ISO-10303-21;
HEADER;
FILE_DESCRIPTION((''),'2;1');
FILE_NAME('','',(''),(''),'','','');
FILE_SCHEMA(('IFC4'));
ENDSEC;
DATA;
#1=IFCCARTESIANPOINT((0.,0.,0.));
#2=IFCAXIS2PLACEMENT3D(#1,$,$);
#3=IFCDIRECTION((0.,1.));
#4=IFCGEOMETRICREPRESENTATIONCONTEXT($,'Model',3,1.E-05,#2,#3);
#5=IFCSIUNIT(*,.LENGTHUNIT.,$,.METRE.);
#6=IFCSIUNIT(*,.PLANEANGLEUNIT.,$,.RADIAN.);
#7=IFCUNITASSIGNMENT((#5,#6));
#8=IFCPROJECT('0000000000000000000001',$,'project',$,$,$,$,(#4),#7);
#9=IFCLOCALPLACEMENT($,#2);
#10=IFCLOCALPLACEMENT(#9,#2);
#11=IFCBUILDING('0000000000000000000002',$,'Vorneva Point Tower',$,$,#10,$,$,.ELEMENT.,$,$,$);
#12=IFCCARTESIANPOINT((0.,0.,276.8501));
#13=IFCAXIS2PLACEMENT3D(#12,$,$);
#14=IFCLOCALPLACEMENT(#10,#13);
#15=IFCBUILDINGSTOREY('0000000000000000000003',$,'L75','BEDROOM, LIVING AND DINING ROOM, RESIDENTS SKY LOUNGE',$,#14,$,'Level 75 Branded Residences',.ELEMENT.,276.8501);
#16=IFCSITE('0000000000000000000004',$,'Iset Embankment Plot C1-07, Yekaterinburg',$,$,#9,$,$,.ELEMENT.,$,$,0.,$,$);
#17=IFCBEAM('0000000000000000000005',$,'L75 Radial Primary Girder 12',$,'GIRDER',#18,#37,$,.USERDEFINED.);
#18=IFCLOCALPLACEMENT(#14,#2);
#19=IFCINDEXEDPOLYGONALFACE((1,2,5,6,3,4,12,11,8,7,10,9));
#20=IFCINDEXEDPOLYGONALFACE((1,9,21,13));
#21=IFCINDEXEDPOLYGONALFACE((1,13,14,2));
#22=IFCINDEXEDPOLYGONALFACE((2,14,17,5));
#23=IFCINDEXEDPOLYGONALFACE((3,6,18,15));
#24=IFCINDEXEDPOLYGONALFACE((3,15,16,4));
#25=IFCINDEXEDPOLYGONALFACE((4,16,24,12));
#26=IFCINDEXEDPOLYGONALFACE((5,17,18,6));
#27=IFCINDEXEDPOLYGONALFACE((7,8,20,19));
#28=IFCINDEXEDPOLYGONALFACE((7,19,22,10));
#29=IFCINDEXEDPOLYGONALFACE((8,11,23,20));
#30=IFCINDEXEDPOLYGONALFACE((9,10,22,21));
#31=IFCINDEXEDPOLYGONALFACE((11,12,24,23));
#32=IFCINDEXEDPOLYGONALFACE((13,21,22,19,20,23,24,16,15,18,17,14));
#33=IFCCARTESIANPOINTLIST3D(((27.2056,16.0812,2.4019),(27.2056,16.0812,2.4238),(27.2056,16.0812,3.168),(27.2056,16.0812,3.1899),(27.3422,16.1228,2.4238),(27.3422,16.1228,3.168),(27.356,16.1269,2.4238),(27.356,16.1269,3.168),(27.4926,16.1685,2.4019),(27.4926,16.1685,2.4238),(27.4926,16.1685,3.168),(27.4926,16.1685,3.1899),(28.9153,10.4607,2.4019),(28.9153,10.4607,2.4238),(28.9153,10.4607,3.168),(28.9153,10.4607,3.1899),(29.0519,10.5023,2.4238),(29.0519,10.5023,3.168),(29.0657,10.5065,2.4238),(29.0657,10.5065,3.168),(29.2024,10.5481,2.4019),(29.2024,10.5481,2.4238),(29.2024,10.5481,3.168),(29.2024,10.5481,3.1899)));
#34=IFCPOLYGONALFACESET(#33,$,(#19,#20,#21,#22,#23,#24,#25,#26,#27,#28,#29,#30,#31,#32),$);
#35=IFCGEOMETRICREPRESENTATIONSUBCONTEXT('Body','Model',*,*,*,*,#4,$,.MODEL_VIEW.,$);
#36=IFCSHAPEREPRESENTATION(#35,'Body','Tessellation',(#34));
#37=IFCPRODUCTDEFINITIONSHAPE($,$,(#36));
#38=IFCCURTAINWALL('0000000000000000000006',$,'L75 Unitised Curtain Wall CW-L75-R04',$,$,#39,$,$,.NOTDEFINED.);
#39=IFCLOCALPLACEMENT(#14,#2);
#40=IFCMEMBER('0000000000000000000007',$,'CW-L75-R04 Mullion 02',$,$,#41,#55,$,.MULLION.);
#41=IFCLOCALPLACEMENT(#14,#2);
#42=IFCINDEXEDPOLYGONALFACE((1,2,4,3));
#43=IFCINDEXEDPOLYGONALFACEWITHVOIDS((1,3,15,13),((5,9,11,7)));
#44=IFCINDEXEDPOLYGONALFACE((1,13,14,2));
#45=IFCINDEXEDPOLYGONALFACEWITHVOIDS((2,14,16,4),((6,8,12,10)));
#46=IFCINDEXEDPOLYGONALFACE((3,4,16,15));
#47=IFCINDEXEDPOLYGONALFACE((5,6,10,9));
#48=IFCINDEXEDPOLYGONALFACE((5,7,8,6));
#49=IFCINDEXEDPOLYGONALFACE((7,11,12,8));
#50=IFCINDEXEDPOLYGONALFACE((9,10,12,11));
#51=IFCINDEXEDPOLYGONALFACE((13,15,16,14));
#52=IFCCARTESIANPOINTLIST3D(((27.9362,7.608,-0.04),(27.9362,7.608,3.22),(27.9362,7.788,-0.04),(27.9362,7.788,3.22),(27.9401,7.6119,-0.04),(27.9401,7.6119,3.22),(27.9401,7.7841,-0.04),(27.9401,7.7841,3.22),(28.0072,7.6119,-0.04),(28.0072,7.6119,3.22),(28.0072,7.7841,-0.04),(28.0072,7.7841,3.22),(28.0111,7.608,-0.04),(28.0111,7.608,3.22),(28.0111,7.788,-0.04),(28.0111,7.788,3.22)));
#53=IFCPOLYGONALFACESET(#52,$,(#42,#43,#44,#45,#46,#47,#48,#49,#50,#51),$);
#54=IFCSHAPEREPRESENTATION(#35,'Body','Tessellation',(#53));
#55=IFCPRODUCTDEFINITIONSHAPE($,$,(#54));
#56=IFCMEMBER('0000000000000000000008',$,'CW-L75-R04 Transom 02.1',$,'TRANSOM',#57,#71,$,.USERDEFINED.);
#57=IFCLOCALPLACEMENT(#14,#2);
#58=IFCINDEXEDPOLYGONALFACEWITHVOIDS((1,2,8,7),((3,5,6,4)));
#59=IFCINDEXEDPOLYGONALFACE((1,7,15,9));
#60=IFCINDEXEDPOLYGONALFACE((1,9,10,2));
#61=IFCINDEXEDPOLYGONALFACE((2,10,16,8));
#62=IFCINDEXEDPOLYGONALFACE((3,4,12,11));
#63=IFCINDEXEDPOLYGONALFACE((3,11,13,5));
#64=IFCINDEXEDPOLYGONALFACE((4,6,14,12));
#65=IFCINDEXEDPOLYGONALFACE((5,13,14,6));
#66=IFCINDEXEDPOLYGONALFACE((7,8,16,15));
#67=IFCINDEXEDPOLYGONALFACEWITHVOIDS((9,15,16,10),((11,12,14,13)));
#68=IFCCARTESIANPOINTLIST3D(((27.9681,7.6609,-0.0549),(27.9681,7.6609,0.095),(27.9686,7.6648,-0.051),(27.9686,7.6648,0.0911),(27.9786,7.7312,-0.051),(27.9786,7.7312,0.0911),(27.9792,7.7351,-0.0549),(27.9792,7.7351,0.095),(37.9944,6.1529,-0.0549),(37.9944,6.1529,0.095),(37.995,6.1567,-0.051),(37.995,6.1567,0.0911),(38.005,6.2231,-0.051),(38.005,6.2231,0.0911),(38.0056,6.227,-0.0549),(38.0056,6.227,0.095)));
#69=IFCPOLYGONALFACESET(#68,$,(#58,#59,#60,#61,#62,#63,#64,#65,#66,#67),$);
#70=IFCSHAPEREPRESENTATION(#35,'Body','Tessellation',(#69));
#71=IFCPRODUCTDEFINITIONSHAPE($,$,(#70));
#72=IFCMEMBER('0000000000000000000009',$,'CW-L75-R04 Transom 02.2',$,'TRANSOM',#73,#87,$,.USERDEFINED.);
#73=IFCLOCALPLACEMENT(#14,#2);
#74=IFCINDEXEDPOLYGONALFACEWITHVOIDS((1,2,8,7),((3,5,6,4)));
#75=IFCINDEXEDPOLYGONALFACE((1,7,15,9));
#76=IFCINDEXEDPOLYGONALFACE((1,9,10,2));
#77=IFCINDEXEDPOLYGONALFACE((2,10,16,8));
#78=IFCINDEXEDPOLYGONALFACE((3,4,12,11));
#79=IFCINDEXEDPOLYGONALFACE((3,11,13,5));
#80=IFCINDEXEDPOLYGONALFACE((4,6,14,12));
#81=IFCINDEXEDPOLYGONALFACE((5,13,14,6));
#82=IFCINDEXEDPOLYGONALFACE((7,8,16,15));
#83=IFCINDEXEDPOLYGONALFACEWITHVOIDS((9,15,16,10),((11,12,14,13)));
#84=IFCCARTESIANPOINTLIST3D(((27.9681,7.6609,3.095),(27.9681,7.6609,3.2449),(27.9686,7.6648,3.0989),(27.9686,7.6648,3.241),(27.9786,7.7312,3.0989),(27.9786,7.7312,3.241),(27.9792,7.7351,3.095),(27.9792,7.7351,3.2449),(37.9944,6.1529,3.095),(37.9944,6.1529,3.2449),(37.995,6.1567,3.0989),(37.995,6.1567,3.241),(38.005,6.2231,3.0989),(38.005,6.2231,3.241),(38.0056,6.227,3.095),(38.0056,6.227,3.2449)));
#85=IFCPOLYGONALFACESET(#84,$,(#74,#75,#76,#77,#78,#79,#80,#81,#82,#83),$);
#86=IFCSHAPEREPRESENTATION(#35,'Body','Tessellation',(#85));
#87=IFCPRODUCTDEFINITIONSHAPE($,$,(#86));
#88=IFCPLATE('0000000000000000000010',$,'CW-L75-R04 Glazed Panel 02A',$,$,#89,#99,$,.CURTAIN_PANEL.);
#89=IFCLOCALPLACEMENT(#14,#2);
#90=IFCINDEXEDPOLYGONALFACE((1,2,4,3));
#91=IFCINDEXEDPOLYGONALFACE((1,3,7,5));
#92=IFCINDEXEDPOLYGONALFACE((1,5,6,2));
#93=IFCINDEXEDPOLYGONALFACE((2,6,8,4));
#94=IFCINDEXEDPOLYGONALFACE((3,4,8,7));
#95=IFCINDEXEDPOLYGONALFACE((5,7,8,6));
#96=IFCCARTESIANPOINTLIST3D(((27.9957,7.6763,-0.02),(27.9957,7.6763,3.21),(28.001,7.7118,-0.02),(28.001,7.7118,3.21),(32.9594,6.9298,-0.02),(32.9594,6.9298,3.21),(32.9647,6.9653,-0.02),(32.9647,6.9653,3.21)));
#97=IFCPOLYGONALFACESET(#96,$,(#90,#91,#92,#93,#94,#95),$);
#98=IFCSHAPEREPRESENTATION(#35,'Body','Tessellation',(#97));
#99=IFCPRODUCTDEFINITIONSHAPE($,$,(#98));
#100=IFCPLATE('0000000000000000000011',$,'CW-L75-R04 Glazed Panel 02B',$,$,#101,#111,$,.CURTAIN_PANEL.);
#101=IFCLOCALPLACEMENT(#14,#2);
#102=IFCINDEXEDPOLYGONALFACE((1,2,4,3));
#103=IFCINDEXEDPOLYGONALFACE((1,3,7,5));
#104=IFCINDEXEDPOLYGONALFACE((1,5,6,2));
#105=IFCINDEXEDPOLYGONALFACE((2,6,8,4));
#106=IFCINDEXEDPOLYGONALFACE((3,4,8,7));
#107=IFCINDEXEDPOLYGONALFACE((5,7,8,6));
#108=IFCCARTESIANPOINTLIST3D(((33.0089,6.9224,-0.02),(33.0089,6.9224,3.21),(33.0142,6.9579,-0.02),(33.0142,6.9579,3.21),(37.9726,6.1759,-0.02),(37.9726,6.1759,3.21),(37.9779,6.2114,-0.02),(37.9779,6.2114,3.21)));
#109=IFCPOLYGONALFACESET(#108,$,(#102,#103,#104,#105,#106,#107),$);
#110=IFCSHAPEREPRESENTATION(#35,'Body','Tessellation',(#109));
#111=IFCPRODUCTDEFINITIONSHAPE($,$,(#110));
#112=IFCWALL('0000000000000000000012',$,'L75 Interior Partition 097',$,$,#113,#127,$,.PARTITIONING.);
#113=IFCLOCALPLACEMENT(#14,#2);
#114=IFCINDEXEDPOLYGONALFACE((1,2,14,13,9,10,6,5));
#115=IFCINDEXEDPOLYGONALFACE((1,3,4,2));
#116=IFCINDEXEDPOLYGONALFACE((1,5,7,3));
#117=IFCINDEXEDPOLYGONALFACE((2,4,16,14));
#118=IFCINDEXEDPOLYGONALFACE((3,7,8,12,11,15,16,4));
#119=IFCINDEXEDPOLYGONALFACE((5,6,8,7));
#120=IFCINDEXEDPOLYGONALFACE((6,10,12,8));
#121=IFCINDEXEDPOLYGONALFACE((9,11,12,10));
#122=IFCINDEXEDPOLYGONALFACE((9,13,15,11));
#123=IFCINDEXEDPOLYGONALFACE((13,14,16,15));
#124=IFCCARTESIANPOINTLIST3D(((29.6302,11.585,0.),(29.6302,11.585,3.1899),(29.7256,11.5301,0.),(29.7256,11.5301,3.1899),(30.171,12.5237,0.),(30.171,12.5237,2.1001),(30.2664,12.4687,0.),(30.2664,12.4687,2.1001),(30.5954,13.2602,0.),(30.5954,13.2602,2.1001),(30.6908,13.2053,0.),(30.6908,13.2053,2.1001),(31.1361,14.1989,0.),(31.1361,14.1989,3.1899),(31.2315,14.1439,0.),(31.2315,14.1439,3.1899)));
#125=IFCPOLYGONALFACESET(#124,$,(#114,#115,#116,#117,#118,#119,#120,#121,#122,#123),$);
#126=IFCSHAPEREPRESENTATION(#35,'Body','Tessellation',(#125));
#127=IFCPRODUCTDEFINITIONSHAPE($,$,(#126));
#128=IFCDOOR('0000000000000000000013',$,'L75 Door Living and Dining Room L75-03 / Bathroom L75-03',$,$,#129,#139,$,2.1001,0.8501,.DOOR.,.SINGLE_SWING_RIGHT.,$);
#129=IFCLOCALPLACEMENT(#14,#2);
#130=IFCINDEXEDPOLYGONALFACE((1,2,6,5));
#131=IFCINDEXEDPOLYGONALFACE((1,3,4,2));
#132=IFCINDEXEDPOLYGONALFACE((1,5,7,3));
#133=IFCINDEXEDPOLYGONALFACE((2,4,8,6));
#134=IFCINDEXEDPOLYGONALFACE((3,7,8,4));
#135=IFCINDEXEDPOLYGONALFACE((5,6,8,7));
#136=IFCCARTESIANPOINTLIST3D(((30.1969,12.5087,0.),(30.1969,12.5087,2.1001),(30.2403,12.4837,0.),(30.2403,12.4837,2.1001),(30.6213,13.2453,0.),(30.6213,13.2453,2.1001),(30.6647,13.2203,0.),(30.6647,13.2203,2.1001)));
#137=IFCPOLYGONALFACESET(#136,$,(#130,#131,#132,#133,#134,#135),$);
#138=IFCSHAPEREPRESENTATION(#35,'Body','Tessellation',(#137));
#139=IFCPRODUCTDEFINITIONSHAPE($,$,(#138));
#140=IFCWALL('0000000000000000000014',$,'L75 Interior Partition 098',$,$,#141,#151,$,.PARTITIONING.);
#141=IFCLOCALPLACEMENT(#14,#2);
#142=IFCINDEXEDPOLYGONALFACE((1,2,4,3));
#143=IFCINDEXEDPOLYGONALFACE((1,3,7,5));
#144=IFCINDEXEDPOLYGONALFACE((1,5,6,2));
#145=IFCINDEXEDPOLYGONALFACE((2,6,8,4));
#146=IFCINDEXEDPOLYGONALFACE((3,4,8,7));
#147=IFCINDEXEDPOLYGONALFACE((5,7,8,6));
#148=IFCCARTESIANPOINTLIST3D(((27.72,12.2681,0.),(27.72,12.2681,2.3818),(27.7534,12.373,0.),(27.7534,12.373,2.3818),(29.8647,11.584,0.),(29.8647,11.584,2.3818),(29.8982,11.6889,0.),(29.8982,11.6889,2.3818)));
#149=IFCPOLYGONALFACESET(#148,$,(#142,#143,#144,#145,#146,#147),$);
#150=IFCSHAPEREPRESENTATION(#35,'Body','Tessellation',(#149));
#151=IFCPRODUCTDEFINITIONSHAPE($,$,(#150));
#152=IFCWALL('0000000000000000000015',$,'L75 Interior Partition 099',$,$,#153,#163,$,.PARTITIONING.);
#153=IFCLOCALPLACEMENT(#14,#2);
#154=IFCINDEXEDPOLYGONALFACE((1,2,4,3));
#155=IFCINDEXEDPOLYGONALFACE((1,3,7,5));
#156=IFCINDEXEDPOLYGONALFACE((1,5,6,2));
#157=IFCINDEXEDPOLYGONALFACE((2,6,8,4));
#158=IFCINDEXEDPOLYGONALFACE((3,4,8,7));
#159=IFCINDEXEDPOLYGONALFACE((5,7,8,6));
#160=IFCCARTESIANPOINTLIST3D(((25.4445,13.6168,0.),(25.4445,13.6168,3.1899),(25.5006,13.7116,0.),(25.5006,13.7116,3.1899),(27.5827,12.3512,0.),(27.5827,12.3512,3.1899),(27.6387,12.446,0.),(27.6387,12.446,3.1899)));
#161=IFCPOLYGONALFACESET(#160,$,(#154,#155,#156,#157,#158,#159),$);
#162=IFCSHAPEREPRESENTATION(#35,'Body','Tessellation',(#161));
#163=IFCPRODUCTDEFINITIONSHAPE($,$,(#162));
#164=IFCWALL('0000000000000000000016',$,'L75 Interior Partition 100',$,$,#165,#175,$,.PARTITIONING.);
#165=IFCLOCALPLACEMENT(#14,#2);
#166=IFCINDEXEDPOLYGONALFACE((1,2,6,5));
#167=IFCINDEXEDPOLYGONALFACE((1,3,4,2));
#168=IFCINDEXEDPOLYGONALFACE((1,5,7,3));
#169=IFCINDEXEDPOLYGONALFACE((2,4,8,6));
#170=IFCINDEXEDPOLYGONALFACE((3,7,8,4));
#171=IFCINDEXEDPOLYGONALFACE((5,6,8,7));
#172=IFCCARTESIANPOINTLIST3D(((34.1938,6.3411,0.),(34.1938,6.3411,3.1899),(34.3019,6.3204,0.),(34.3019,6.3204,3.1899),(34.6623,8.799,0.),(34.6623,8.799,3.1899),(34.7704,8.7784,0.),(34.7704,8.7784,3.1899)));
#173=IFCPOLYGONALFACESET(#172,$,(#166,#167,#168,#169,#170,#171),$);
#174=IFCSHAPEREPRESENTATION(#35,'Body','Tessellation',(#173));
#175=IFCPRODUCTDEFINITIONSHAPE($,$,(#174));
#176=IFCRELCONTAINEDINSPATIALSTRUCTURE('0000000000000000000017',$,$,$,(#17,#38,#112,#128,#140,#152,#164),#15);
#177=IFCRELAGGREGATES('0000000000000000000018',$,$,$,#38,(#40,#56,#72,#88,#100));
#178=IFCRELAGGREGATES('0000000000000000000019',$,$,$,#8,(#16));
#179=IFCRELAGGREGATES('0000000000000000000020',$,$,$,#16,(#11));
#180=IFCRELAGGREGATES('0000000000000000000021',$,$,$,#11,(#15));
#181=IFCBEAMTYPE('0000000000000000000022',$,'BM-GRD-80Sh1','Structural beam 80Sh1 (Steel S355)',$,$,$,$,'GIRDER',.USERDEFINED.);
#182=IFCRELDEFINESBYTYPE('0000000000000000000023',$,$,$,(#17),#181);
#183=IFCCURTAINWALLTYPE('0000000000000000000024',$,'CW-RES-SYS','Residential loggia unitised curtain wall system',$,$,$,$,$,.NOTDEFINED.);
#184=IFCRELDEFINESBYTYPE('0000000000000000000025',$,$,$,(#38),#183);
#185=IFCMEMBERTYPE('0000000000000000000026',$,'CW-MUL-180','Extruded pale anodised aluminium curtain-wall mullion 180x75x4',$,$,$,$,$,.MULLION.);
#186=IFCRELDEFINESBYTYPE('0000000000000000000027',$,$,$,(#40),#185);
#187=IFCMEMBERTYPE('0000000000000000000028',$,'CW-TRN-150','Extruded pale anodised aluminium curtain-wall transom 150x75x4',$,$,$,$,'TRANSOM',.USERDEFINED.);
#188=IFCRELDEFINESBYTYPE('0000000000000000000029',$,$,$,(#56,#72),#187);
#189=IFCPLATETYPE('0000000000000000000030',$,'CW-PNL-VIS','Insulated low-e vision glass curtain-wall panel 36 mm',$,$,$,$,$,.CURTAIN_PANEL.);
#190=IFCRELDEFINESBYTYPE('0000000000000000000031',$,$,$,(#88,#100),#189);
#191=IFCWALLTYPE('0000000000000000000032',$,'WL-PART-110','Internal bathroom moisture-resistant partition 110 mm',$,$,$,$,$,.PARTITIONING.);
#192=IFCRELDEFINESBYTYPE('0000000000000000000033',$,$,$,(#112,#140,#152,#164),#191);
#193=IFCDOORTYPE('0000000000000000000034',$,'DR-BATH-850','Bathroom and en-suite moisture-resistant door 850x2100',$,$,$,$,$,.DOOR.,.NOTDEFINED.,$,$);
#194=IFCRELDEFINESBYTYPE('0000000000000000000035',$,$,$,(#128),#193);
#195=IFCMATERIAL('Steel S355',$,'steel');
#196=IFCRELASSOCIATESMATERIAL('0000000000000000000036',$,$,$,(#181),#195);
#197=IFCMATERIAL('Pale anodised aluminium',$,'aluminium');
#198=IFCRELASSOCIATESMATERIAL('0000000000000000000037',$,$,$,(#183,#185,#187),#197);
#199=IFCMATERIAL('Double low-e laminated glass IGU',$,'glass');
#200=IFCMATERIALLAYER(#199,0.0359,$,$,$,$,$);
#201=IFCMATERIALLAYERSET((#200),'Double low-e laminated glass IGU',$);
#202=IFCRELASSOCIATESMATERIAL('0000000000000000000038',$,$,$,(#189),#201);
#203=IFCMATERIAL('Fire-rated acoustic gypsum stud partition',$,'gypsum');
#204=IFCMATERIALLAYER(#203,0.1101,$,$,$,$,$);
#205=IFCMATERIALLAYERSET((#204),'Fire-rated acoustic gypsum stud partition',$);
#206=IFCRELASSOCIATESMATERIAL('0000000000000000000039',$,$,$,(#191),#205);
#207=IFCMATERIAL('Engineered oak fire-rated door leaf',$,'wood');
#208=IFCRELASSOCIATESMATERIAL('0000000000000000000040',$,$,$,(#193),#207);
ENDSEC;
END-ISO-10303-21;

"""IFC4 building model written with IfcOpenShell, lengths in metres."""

from ifc_helpers import new_model, si_unit, direction, frame, frame_2d, origin, origin_2d, place, context, subcontext, project, spatial, rectangle, hollow_rectangle, i_section, extrude, material, layer, layer_set, material_profile, profile_set, type_object, element, fill, aggregate, save


model = new_model("IFC4")

# Units and contexts
model_context = context("Model", 3, precision=1e-05, world=origin(), true_north=direction((0.0, 1.0)))
body_context = subcontext(model_context, "Body", "Model", "MODEL_VIEW")
ifc_project = project(units=[si_unit("LENGTHUNIT", "METRE"), si_unit("PLANEANGLEUNIT", "RADIAN")], contexts=[model_context])

# Site, building, storey
site_placement = place(None, origin())
site = spatial("IfcSite", under=ifc_project, at=site_placement, Name="Iset Embankment Plot C1-07, Yekaterinburg", CompositionType="ELEMENT", RefElevation=0.0)
building_placement = place(site_placement, origin())
building = spatial("IfcBuilding", under=site, at=building_placement, Name="Vorneva Point Tower", CompositionType="ELEMENT")
storey_placement = place(building_placement, frame((0.0, 0.0, 276.8501)))
storey = spatial("IfcBuildingStorey", under=building, at=storey_placement, Name="L75", Description="BEDROOM, LIVING AND DINING ROOM, RESIDENTS SKY LOUNGE", LongName="Level 75 Branded Residences", CompositionType="ELEMENT", Elevation=276.8501)

# Beam
ifc_material_1 = material(Name="Steel S355", Category="steel")
ifc_material_profile_1 = material_profile(ifc_material_1, i_section(OverallWidth=0.3, OverallDepth=0.7881, WebThickness=0.0144, FlangeThickness=0.022, at=origin_2d()), Name="80Sh1")
ifc_profile_set_1 = profile_set([ifc_material_profile_1], Name="Steel S355")
beam_type = type_object("IfcBeamType", Name="BM-GRD-80Sh1", Description="Structural beam 80Sh1 (Steel S355)", ElementType="GIRDER", PredefinedType="USERDEFINED", material=ifc_profile_set_1)
beam_placement = place(storey_placement, frame((29.0588, 10.5044, 2.7959), z_axis=(-0.291033, 0.956713, 0.0), x_axis=(-0.956713, -0.291033, 0.0)))
element("IfcBeam", 1, at=beam_placement, inside=storey, type_object=beam_type, Name="L75 Radial Primary Girder 12", ObjectType="GIRDER", PredefinedType="USERDEFINED", context=body_context, shape_type="SweptSolid", body=[
    extrude(i_section(OverallWidth=0.3, OverallDepth=0.7881, WebThickness=0.0144, FlangeThickness=0.022, at=origin_2d()), origin(), (0.0, 0.0, 1.0), 5.8748),
])

# Curtain wall, members, plates
ifc_material_2 = material(Name="Pale anodised aluminium", Category="aluminium")
curtain_wall_type = type_object("IfcCurtainWallType", Name="CW-RES-SYS", Description="Residential loggia unitised curtain wall system", PredefinedType="NOTDEFINED", material=ifc_material_2)
curtain_wall_placement = place(storey_placement, origin())
curtain_wall = element("IfcCurtainWall", 2, at=curtain_wall_placement, inside=storey, type_object=curtain_wall_type, Name="L75 Unitised Curtain Wall CW-L75-R04", PredefinedType="NOTDEFINED")
ifc_material_profile_2 = material_profile(ifc_material_2, hollow_rectangle(XDim=0.075, YDim=0.1799, WallThickness=0.0039, at=origin_2d()), Name="AL-MUL 180x75x4")
ifc_profile_set_2 = profile_set([ifc_material_profile_2], Name="Pale anodised aluminium")
member_type_1 = type_object("IfcMemberType", Name="CW-MUL-180", Description="Extruded pale anodised aluminium curtain-wall mullion 180x75x4", PredefinedType="MULLION", material=ifc_profile_set_2)
member_1_placement = place(storey_placement, frame((27.9736, 7.698, -0.04), z_axis=(0.0, 0.0, 1.0), x_axis=(1.0, 0.0, 0.0)))
member_1 = element("IfcMember", 3, at=member_1_placement, type_object=member_type_1, Name="CW-L75-R04 Mullion 02", PredefinedType="MULLION", context=body_context, shape_type="SweptSolid", body=[
    extrude(hollow_rectangle(XDim=0.075, YDim=0.1799, WallThickness=0.0039, at=origin_2d()), origin(), (0.0, 0.0, 1.0), 3.26),
])
ifc_material_profile_3 = material_profile(ifc_material_2, hollow_rectangle(XDim=0.075, YDim=0.1499, WallThickness=0.0039, at=origin_2d()), Name="AL-TRN 150x75x4")
ifc_profile_set_3 = profile_set([ifc_material_profile_3], Name="Pale anodised aluminium")
member_type_2 = type_object("IfcMemberType", Name="CW-TRN-150", Description="Extruded pale anodised aluminium curtain-wall transom 150x75x4", ElementType="TRANSOM", PredefinedType="USERDEFINED", material=ifc_profile_set_3)
member_2_placement = place(storey_placement, frame((27.9736, 7.698, 0.02), z_axis=(0.988877, -0.148736, 0.0), x_axis=(0.148736, 0.988877, 0.0)))
member_2 = element("IfcMember", 4, at=member_2_placement, type_object=member_type_2, Name="CW-L75-R04 Transom 02.1", ObjectType="TRANSOM", PredefinedType="USERDEFINED", context=body_context, shape_type="SweptSolid", body=[
    extrude(hollow_rectangle(XDim=0.075, YDim=0.1499, WallThickness=0.0039, at=origin_2d()), origin(), (0.0, 0.0, 1.0), 10.1392),
])
member_3_placement = place(storey_placement, frame((27.9736, 7.698, 3.1699), z_axis=(0.988877, -0.148736, 0.0), x_axis=(0.148736, 0.988877, 0.0)))
member_3 = element("IfcMember", 5, at=member_3_placement, type_object=member_type_2, Name="CW-L75-R04 Transom 02.2", ObjectType="TRANSOM", PredefinedType="USERDEFINED", context=body_context, shape_type="SweptSolid", body=[
    extrude(hollow_rectangle(XDim=0.075, YDim=0.1499, WallThickness=0.0039, at=origin_2d()), origin(), (0.0, 0.0, 1.0), 10.1392),
])
ifc_material_3 = material(Name="Double low-e laminated glass IGU", Category="glass")
ifc_layer_1 = layer(ifc_material_3, 0.0359)
ifc_layer_set_1 = layer_set([ifc_layer_1], Name="Double low-e laminated glass IGU")
plate_type = type_object("IfcPlateType", Name="CW-PNL-VIS", Description="Insulated low-e vision glass curtain-wall panel 36 mm", PredefinedType="CURTAIN_PANEL", material=ifc_layer_set_1)
plate_1_placement = place(storey_placement, frame((30.4802, 7.3208, -0.02), z_axis=(0.0, 0.0, 1.0), x_axis=(0.988879, -0.148724, 0.0)))
plate_1 = element("IfcPlate", 6, at=plate_1_placement, type_object=plate_type, Name="CW-L75-R04 Glazed Panel 02A", PredefinedType="CURTAIN_PANEL", context=body_context, shape_type="SweptSolid", body=[
    extrude(rectangle(XDim=5.0195, YDim=0.0359, at=origin_2d()), origin(), (0.0, 0.0, 1.0), 3.23),
])
plate_2_placement = place(storey_placement, frame((35.4934, 6.5669, -0.02), z_axis=(0.0, 0.0, 1.0), x_axis=(0.988879, -0.148724, 0.0)))
plate_2 = element("IfcPlate", 7, at=plate_2_placement, type_object=plate_type, Name="CW-L75-R04 Glazed Panel 02B", PredefinedType="CURTAIN_PANEL", context=body_context, shape_type="SweptSolid", body=[
    extrude(rectangle(XDim=5.0195, YDim=0.0359, at=origin_2d()), origin(), (0.0, 0.0, 1.0), 3.23),
])
aggregate(curtain_wall, [member_1, member_2, member_3, plate_1, plate_2])

# Wall, opening, door
ifc_material_4 = material(Name="Fire-rated acoustic gypsum stud partition", Category="gypsum")
ifc_layer_2 = layer(ifc_material_4, 0.1101)
ifc_layer_set_2 = layer_set([ifc_layer_2], Name="Fire-rated acoustic gypsum stud partition")
wall_type_1 = type_object("IfcWallType", Name="WL-PART-110", Description="Internal bathroom moisture-resistant partition 110 mm", PredefinedType="PARTITIONING", material=ifc_layer_set_2)
wall_1_placement = place(storey_placement, frame((31.1838, 14.1714, 0.0), z_axis=(0.0, 0.0, 1.0), x_axis=(-0.499204, -0.866485, 0.0)))
wall_1 = element("IfcWall", 8, at=wall_1_placement, inside=storey, type_object=wall_type_1, Name="L75 Interior Partition 097", PredefinedType="PARTITIONING", context=body_context, shape_type="SweptSolid", body=[
    extrude(rectangle(XDim=3.0166, YDim=0.1101, at=frame_2d((1.5083, 0.0))), origin(), (0.0, 0.0, 1.0), 3.1899),
])
opening_1_placement = place(wall_1_placement, frame((1.0833, 0.0, 0.0)))
opening_1 = element("IfcOpeningElement", 9, at=opening_1_placement, cuts=wall_1, PredefinedType="OPENING", context=body_context, shape_type="SweptSolid", body=[
    extrude(rectangle(XDim=0.8501, YDim=2.1001, at=frame_2d((0.425, 1.05))), frame((0.0, 0.0698, 0.0), z_axis=(0.0, -1.0, 0.0), x_axis=(1.0, 0.0, 0.0)), (0.0, 0.0, 1.0), 0.1399),
])
ifc_material_5 = material(Name="Engineered oak fire-rated door leaf", Category="wood")
door_type_1 = type_object("IfcDoorType", Name="DR-BATH-850", Description="Bathroom and en-suite moisture-resistant door 850x2100", OperationType="NOTDEFINED", PredefinedType="DOOR", material=ifc_material_5)
door_1_placement = place(opening_1_placement, origin())
door_1 = element("IfcDoor", 10, at=door_1_placement, inside=storey, type_object=door_type_1, Name="L75 Door Living and Dining Room L75-03 / Bathroom L75-03", OperationType="SINGLE_SWING_RIGHT", OverallHeight=2.1001, OverallWidth=0.8501, PredefinedType="DOOR", context=body_context, shape_type="SweptSolid", body=[
    extrude(rectangle(XDim=0.8501, YDim=2.1001, at=frame_2d((0.425, 1.05))), frame((0.0, 0.0249, 0.0), z_axis=(0.0, -1.0, 0.0), x_axis=(1.0, 0.0, 0.0)), (0.0, 0.0, 1.0), 0.05),
])
fill(opening_1, door_1)

# Walls
wall_2_placement = place(storey_placement, frame((29.8813, 11.6365, 0.0), z_axis=(0.0, 0.0, 1.0), x_axis=(-0.952713, 0.303871, 0.0)))
element("IfcWall", 11, at=wall_2_placement, inside=storey, type_object=wall_type_1, Name="L75 Interior Partition 098", PredefinedType="PARTITIONING", context=body_context, shape_type="SweptSolid", body=[
    extrude(rectangle(XDim=2.2512, YDim=0.1101, at=frame_2d((1.1255, 0.0))), origin(), (0.0, 0.0, 1.0), 2.3818),
])
wall_3_placement = place(storey_placement, frame((27.6106, 12.3987, 0.0), z_axis=(0.0, 0.0, 1.0), x_axis=(-0.860547, 0.509371, 0.0)))
element("IfcWall", 12, at=wall_3_placement, inside=storey, type_object=wall_type_1, Name="L75 Interior Partition 099", PredefinedType="PARTITIONING", context=body_context, shape_type="SweptSolid", body=[
    extrude(rectangle(XDim=2.4846, YDim=0.1101, at=frame_2d((1.2422, 0.0))), origin(), (0.0, 0.0, 1.0), 3.1899),
])
wall_4_placement = place(storey_placement, frame((34.7163, 8.7886, 0.0), z_axis=(0.0, 0.0, 1.0), x_axis=(-0.187233, -0.982316, 0.0)))
element("IfcWall", 13, at=wall_4_placement, inside=storey, type_object=wall_type_1, Name="L75 Interior Partition 100", PredefinedType="PARTITIONING", context=body_context, shape_type="SweptSolid", body=[
    extrude(rectangle(XDim=2.5022, YDim=0.1101, at=frame_2d((1.251, 0.0))), origin(), (0.0, 0.0, 1.0), 3.1899),
])

save(model, "model.ifc")
